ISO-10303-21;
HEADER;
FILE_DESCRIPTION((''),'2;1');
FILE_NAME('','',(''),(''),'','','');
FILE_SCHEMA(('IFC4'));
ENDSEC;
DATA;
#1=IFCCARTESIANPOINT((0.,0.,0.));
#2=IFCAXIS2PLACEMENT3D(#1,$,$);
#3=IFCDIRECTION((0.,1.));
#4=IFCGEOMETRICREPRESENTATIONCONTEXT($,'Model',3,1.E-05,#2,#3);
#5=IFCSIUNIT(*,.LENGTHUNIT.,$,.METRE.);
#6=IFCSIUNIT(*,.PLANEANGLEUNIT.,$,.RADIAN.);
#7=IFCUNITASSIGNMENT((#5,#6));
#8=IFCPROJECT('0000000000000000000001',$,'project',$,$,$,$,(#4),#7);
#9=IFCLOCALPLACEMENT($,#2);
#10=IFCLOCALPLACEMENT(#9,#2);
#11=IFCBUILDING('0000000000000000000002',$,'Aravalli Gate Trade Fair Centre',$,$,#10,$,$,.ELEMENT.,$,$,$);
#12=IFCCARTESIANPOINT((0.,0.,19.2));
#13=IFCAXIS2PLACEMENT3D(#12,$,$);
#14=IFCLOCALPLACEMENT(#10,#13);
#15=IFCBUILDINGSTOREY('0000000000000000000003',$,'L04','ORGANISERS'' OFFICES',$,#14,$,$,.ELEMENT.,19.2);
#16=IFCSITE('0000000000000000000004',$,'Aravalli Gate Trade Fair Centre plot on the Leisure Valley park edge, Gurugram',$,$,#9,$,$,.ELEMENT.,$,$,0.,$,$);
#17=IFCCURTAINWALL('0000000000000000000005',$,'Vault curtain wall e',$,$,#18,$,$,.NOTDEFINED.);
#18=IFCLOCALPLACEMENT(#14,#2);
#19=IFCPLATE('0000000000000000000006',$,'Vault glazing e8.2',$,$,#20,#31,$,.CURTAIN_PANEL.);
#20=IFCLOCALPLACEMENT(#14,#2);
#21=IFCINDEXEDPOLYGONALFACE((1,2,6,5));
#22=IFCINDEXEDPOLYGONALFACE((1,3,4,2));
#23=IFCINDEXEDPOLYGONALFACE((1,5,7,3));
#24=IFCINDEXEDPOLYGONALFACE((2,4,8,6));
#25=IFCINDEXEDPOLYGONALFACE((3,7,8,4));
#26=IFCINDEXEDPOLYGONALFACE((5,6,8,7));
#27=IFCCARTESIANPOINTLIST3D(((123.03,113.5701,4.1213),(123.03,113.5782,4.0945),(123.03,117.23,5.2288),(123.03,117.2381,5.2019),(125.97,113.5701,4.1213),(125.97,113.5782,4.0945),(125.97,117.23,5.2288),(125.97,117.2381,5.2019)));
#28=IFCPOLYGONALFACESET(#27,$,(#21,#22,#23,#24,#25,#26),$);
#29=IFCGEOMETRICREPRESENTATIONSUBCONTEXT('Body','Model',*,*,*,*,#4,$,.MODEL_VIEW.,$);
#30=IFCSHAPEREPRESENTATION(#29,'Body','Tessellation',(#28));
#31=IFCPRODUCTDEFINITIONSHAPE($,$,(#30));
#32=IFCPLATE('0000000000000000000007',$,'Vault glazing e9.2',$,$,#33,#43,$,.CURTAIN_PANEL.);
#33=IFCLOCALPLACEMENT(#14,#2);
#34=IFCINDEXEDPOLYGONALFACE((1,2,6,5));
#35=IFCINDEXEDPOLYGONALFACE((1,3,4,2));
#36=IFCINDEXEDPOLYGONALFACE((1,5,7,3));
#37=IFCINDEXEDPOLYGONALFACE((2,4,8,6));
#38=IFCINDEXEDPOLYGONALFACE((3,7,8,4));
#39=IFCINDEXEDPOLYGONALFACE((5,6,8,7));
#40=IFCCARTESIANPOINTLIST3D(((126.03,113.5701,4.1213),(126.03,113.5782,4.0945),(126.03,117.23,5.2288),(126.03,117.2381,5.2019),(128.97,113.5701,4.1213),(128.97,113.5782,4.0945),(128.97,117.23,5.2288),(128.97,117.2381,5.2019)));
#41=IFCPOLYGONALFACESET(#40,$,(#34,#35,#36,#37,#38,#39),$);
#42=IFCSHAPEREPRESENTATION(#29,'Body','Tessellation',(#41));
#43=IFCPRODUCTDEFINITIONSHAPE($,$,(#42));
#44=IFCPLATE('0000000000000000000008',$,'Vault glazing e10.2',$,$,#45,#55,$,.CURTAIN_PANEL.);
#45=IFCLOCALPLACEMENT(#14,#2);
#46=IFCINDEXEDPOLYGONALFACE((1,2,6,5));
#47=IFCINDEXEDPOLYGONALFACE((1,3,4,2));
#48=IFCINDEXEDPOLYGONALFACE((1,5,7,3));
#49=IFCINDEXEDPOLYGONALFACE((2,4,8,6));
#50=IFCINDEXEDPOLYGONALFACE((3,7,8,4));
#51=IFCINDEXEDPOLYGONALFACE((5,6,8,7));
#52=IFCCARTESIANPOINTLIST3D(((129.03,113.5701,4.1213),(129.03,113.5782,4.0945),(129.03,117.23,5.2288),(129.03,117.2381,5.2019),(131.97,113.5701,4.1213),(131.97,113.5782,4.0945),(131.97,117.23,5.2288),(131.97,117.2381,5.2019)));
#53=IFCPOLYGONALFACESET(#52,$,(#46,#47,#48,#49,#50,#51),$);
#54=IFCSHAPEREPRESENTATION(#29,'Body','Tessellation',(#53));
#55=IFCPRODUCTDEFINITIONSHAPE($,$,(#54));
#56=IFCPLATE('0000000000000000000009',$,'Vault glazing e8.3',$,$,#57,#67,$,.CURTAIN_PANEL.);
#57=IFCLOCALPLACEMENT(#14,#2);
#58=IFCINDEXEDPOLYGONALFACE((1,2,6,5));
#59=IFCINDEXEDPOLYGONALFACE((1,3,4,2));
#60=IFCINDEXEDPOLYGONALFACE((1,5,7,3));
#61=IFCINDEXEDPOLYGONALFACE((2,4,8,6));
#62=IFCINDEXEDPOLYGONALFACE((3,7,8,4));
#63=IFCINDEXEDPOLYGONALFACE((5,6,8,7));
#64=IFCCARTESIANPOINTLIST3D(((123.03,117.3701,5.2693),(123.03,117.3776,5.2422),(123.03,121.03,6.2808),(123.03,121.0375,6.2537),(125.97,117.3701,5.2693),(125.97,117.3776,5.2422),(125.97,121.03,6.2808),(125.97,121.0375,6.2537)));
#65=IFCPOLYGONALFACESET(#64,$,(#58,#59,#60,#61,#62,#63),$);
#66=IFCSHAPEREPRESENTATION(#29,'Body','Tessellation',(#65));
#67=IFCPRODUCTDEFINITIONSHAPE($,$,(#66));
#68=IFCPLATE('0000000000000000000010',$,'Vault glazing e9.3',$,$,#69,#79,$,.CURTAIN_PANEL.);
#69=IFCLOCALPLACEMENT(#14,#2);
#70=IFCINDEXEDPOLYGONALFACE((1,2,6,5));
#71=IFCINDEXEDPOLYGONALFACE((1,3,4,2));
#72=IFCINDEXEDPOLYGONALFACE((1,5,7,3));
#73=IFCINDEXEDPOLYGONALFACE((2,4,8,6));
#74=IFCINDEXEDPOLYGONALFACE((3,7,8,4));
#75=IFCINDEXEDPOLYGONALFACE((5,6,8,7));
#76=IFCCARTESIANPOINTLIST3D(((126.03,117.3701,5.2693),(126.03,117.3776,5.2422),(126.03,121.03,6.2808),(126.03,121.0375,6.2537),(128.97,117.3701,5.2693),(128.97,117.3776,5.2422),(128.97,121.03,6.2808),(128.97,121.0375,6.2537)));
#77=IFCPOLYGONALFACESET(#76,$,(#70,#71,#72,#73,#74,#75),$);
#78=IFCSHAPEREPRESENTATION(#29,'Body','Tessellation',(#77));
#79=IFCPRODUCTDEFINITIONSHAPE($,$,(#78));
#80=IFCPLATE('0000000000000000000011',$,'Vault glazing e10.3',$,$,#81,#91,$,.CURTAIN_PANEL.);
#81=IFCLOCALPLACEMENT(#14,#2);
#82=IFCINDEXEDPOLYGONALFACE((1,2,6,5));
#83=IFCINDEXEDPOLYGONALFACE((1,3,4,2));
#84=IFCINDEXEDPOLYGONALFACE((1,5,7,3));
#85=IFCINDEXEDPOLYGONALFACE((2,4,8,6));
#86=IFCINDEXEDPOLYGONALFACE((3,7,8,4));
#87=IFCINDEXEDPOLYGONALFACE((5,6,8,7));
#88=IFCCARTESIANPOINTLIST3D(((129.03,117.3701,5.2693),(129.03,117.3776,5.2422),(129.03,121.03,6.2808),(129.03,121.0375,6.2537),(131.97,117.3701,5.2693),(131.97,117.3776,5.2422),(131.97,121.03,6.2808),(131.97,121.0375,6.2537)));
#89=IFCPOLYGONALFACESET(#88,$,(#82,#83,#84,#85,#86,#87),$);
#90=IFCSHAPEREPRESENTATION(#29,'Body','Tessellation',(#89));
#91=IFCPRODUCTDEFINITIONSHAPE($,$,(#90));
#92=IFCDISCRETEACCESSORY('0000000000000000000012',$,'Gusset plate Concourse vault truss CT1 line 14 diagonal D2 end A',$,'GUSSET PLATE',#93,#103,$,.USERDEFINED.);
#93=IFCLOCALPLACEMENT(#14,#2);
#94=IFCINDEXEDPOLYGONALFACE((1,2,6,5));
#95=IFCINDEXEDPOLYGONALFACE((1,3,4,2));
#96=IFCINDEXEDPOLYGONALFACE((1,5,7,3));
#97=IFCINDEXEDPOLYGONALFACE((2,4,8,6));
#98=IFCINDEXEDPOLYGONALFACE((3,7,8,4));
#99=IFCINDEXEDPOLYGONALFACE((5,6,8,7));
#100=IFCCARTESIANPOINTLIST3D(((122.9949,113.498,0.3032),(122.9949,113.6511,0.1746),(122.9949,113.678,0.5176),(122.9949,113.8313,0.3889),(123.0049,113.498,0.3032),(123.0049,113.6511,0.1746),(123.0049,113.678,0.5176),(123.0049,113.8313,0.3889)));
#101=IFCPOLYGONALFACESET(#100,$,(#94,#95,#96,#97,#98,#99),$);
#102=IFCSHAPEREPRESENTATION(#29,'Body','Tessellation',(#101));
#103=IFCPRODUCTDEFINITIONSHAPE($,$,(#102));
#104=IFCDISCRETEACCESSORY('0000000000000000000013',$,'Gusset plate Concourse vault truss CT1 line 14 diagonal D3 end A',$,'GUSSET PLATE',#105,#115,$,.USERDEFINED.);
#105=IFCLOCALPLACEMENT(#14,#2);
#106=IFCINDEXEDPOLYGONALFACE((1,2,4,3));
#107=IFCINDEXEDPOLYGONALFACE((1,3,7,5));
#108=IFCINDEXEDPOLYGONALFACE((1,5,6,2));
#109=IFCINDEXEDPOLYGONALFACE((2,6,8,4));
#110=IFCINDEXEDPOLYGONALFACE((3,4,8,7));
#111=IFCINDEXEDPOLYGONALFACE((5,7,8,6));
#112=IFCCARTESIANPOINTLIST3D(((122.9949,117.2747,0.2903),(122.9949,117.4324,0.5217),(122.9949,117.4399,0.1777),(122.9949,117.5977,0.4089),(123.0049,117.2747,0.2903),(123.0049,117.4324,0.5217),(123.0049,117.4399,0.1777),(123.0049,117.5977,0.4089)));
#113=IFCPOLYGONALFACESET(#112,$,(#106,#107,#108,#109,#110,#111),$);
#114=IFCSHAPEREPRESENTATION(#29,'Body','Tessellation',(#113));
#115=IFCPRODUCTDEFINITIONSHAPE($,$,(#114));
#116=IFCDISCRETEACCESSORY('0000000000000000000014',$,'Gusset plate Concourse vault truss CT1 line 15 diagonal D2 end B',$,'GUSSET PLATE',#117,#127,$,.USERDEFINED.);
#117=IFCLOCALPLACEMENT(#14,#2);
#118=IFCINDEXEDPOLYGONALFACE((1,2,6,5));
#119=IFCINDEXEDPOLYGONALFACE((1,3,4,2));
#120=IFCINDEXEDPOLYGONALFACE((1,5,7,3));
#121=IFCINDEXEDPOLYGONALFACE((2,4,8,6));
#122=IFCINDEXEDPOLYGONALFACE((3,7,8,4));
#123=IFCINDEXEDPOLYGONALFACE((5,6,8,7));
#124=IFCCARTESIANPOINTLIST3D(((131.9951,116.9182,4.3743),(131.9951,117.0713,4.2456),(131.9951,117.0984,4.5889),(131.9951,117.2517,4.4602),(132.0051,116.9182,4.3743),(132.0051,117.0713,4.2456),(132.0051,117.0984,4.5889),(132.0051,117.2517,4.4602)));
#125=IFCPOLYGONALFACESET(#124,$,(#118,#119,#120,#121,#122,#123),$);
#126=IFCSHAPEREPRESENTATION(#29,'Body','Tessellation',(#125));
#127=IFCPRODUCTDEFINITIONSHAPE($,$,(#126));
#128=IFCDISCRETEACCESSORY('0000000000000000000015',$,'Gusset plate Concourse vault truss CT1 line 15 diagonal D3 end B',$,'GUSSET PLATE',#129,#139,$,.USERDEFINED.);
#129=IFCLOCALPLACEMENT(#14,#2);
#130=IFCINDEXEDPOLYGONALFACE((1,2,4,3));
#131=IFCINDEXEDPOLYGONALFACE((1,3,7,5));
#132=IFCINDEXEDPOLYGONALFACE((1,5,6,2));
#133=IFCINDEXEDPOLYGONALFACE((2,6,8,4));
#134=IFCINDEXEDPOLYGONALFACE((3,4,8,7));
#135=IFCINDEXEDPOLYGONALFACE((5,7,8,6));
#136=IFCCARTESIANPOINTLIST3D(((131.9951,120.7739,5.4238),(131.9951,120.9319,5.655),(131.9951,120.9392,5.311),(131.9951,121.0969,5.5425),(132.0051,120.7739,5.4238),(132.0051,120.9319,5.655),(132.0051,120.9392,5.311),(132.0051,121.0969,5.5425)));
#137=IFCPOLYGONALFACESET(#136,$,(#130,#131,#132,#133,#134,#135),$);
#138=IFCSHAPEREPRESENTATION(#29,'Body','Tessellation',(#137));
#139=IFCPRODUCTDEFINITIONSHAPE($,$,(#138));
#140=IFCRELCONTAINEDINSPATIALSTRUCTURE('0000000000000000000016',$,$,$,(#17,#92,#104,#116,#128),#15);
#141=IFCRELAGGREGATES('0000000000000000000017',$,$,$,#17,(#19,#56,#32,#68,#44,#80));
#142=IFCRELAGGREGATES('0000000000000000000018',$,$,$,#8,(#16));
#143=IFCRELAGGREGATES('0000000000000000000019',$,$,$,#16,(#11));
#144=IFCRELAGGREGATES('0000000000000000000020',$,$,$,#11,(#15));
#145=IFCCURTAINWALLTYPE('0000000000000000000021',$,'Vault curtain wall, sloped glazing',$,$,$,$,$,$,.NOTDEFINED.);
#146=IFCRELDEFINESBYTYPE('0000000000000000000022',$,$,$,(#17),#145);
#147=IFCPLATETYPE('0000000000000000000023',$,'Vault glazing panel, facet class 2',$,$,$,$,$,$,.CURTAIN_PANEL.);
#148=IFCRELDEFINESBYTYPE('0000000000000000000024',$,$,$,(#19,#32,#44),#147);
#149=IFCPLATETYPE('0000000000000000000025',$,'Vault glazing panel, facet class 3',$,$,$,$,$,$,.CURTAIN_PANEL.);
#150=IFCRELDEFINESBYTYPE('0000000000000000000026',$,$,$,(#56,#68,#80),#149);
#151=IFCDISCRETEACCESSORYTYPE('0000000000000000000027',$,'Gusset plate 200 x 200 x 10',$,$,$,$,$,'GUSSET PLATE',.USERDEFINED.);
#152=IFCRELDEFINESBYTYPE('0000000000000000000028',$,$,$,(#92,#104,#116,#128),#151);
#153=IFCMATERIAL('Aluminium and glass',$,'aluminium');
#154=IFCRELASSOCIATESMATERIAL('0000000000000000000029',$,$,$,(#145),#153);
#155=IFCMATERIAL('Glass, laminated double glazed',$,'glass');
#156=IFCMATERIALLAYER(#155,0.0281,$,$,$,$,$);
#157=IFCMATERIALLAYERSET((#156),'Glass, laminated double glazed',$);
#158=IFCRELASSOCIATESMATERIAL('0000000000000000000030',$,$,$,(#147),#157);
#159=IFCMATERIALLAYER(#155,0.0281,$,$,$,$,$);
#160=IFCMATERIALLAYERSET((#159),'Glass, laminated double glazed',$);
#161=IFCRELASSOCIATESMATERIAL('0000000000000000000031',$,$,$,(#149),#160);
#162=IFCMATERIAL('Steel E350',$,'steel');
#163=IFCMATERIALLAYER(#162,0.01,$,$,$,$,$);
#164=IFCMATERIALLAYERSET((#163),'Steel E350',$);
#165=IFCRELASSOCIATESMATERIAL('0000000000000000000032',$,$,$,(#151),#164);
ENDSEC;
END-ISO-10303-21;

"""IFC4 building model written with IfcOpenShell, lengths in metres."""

from ifc_helpers import new_model, si_unit, direction, frame, origin, place, context, subcontext, project, spatial, polyline, outline, extrude, material, layer, layer_set, type_object, element, aggregate, save


model = new_model("IFC4")

# Units and contexts
model_context = context("Model", 3, precision=1e-05, world=origin(), true_north=direction((0.0, 1.0)))
body_context = subcontext(model_context, "Body", "Model", "MODEL_VIEW")
ifc_project = project(units=[si_unit("LENGTHUNIT", "METRE"), si_unit("PLANEANGLEUNIT", "RADIAN")], contexts=[model_context])

# Site, building, storey
site_placement = place(None, origin())
site = spatial("IfcSite", under=ifc_project, at=site_placement, Name="Aravalli Gate Trade Fair Centre plot on the Leisure Valley park edge, Gurugram", CompositionType="ELEMENT", RefElevation=0.0)
building_placement = place(site_placement, origin())
building = spatial("IfcBuilding", under=site, at=building_placement, Name="Aravalli Gate Trade Fair Centre", CompositionType="ELEMENT")
storey_placement = place(building_placement, frame((0.0, 0.0, 19.2)))
storey = spatial("IfcBuildingStorey", under=building, at=storey_placement, Name="L04", Description="ORGANISERS' OFFICES", CompositionType="ELEMENT", Elevation=19.2)

# Shared definitions
ifc_material_1 = material(Name="Steel E350", Category="steel")

# Curtain wall, plates
ifc_material_2 = material(Name="Aluminium and glass", Category="aluminium")
curtain_wall_type = type_object("IfcCurtainWallType", Name="Vault curtain wall, sloped glazing", PredefinedType="NOTDEFINED", material=ifc_material_2)
curtain_wall_placement = place(storey_placement, origin())
curtain_wall = element("IfcCurtainWall", 1, at=curtain_wall_placement, inside=storey, type_object=curtain_wall_type, Name="Vault curtain wall e", PredefinedType="NOTDEFINED")
ifc_material_3 = material(Name="Glass, laminated double glazed", Category="glass")
ifc_layer_1 = layer(ifc_material_3, 0.0281)
ifc_layer_set_1 = layer_set([ifc_layer_1], Name="Glass, laminated double glazed")
plate_type_1 = type_object("IfcPlateType", Name="Vault glazing panel, facet class 2", PredefinedType="CURTAIN_PANEL", material=ifc_layer_set_1)
plate_1_placement = place(storey_placement, frame((123.03, 113.5701, 4.1213), z_axis=(0.0, -0.289614, 0.957144), x_axis=(1.0, 0.0, 0.0)))
plate_1 = element("IfcPlate", 2, at=plate_1_placement, type_object=plate_type_1, Name="Vault glazing e8.2", PredefinedType="CURTAIN_PANEL", context=body_context, shape_type="SweptSolid", body=[
    extrude(outline(polyline([(0.0, 0.0), (2.9399, 0.0), (2.9399, 3.8238), (0.0, 3.8238), (0.0, 0.0)])), origin(), (0.0, 0.0, -1.0), 0.0281),
])
plate_2_placement = place(storey_placement, frame((126.03, 113.5701, 4.1213), z_axis=(0.0, -0.289614, 0.957144), x_axis=(1.0, 0.0, 0.0)))
plate_2 = element("IfcPlate", 3, at=plate_2_placement, type_object=plate_type_1, Name="Vault glazing e9.2", PredefinedType="CURTAIN_PANEL", context=body_context, shape_type="SweptSolid", body=[
    extrude(outline(polyline([(0.0, 0.0), (2.9399, 0.0), (2.9399, 3.8238), (0.0, 3.8238), (0.0, 0.0)])), origin(), (0.0, 0.0, -1.0), 0.0281),
])
plate_3_placement = place(storey_placement, frame((129.03, 113.5701, 4.1213), z_axis=(0.0, -0.289614, 0.957144), x_axis=(1.0, 0.0, 0.0)))
plate_3 = element("IfcPlate", 4, at=plate_3_placement, type_object=plate_type_1, Name="Vault glazing e10.2", PredefinedType="CURTAIN_PANEL", context=body_context, shape_type="SweptSolid", body=[
    extrude(outline(polyline([(0.0, 0.0), (2.9399, 0.0), (2.9399, 3.8238), (0.0, 3.8238), (0.0, 0.0)])), origin(), (0.0, 0.0, -1.0), 0.0281),
])
ifc_layer_2 = layer(ifc_material_3, 0.0281)
ifc_layer_set_2 = layer_set([ifc_layer_2], Name="Glass, laminated double glazed")
plate_type_2 = type_object("IfcPlateType", Name="Vault glazing panel, facet class 3", PredefinedType="CURTAIN_PANEL", material=ifc_layer_set_2)
plate_4_placement = place(storey_placement, frame((123.03, 117.3701, 5.2693), z_axis=(0.0, -0.26638, 0.963868), x_axis=(1.0, 0.0, 0.0)))
plate_4 = element("IfcPlate", 5, at=plate_4_placement, type_object=plate_type_2, Name="Vault glazing e8.3", PredefinedType="CURTAIN_PANEL", context=body_context, shape_type="SweptSolid", body=[
    extrude(outline(polyline([(0.0, 0.0), (2.9399, 0.0), (2.9399, 3.7971), (0.0, 3.7971), (0.0, 0.0)])), origin(), (0.0, 0.0, -1.0), 0.0281),
])
plate_5_placement = place(storey_placement, frame((126.03, 117.3701, 5.2693), z_axis=(0.0, -0.26638, 0.963868), x_axis=(1.0, 0.0, 0.0)))
plate_5 = element("IfcPlate", 6, at=plate_5_placement, type_object=plate_type_2, Name="Vault glazing e9.3", PredefinedType="CURTAIN_PANEL", context=body_context, shape_type="SweptSolid", body=[
    extrude(outline(polyline([(0.0, 0.0), (2.9399, 0.0), (2.9399, 3.7971), (0.0, 3.7971), (0.0, 0.0)])), origin(), (0.0, 0.0, -1.0), 0.0281),
])
plate_6_placement = place(storey_placement, frame((129.03, 117.3701, 5.2693), z_axis=(0.0, -0.26638, 0.963868), x_axis=(1.0, 0.0, 0.0)))
plate_6 = element("IfcPlate", 7, at=plate_6_placement, type_object=plate_type_2, Name="Vault glazing e10.3", PredefinedType="CURTAIN_PANEL", context=body_context, shape_type="SweptSolid", body=[
    extrude(outline(polyline([(0.0, 0.0), (2.9399, 0.0), (2.9399, 3.7971), (0.0, 3.7971), (0.0, 0.0)])), origin(), (0.0, 0.0, -1.0), 0.0281),
])
aggregate(curtain_wall, [plate_1, plate_4, plate_2, plate_5, plate_3, plate_6])

# Discrete accessories
ifc_layer_3 = layer(ifc_material_1, 0.01)
ifc_layer_set_3 = layer_set([ifc_layer_3], Name="Steel E350")
discrete_accessory_type = type_object("IfcDiscreteAccessoryType", Name="Gusset plate 200 x 200 x 10", ElementType="GUSSET PLATE", PredefinedType="USERDEFINED", material=ifc_layer_set_3)
discrete_accessory_1_placement = place(storey_placement, frame((123.0049, 113.678, 0.5176), z_axis=(1.0, 0.0, 0.0), x_axis=(0.0, -0.642926, -0.765928)))
element("IfcDiscreteAccessory", 8, at=discrete_accessory_1_placement, inside=storey, type_object=discrete_accessory_type, Name="Gusset plate Concourse vault truss CT1 line 14 diagonal D2 end A", ObjectType="GUSSET PLATE", PredefinedType="USERDEFINED", context=body_context, shape_type="SweptSolid", body=[
    extrude(outline(polyline([(0.0, 0.0), (0.2799, 0.0), (0.28, 0.2), (0.0, 0.2002), (0.0, 0.0)])), origin(), (0.0, 0.0, -1.0), 0.01),
])
discrete_accessory_2_placement = place(storey_placement, frame((123.0049, 117.4324, 0.5217), z_axis=(1.0, 0.0, 0.0), x_axis=(0.0, -0.56312, -0.826375)))
element("IfcDiscreteAccessory", 9, at=discrete_accessory_2_placement, inside=storey, type_object=discrete_accessory_type, Name="Gusset plate Concourse vault truss CT1 line 14 diagonal D3 end A", ObjectType="GUSSET PLATE", PredefinedType="USERDEFINED", context=body_context, shape_type="SweptSolid", body=[
    extrude(outline(polyline([(0.0, 0.0), (0.2801, 0.0), (0.28, 0.2), (0.0001, 0.2001), (0.0, 0.0)])), origin(), (0.0, 0.0, -1.0), 0.01),
])
discrete_accessory_3_placement = place(storey_placement, frame((131.9951, 116.9182, 4.3743), z_axis=(-1.0, 0.0, 0.0), x_axis=(0.0, 0.643008, 0.765859)))
element("IfcDiscreteAccessory", 10, at=discrete_accessory_3_placement, inside=storey, type_object=discrete_accessory_type, Name="Gusset plate Concourse vault truss CT1 line 15 diagonal D2 end B", ObjectType="GUSSET PLATE", PredefinedType="USERDEFINED", context=body_context, shape_type="SweptSolid", body=[
    extrude(outline(polyline([(0.0, 0.0), (0.2802, 0.0), (0.2803, 0.2002), (-0.0001, 0.2), (0.0, 0.0)])), origin(), (0.0, 0.0, -1.0), 0.01),
])
discrete_accessory_4_placement = place(storey_placement, frame((131.9951, 120.7739, 5.4238), z_axis=(-1.0, 0.0, 0.0), x_axis=(0.0, 0.564121, 0.825692)))
element("IfcDiscreteAccessory", 11, at=discrete_accessory_4_placement, inside=storey, type_object=discrete_accessory_type, Name="Gusset plate Concourse vault truss CT1 line 15 diagonal D3 end B", ObjectType="GUSSET PLATE", PredefinedType="USERDEFINED", context=body_context, shape_type="SweptSolid", body=[
    extrude(outline(polyline([(0.0, 0.0), (0.28, 0.0), (0.2802, 0.1998), (0.0001, 0.2001), (0.0, 0.0)])), origin(), (0.0, 0.0, -1.0), 0.01),
])

save(model, "model.ifc")
